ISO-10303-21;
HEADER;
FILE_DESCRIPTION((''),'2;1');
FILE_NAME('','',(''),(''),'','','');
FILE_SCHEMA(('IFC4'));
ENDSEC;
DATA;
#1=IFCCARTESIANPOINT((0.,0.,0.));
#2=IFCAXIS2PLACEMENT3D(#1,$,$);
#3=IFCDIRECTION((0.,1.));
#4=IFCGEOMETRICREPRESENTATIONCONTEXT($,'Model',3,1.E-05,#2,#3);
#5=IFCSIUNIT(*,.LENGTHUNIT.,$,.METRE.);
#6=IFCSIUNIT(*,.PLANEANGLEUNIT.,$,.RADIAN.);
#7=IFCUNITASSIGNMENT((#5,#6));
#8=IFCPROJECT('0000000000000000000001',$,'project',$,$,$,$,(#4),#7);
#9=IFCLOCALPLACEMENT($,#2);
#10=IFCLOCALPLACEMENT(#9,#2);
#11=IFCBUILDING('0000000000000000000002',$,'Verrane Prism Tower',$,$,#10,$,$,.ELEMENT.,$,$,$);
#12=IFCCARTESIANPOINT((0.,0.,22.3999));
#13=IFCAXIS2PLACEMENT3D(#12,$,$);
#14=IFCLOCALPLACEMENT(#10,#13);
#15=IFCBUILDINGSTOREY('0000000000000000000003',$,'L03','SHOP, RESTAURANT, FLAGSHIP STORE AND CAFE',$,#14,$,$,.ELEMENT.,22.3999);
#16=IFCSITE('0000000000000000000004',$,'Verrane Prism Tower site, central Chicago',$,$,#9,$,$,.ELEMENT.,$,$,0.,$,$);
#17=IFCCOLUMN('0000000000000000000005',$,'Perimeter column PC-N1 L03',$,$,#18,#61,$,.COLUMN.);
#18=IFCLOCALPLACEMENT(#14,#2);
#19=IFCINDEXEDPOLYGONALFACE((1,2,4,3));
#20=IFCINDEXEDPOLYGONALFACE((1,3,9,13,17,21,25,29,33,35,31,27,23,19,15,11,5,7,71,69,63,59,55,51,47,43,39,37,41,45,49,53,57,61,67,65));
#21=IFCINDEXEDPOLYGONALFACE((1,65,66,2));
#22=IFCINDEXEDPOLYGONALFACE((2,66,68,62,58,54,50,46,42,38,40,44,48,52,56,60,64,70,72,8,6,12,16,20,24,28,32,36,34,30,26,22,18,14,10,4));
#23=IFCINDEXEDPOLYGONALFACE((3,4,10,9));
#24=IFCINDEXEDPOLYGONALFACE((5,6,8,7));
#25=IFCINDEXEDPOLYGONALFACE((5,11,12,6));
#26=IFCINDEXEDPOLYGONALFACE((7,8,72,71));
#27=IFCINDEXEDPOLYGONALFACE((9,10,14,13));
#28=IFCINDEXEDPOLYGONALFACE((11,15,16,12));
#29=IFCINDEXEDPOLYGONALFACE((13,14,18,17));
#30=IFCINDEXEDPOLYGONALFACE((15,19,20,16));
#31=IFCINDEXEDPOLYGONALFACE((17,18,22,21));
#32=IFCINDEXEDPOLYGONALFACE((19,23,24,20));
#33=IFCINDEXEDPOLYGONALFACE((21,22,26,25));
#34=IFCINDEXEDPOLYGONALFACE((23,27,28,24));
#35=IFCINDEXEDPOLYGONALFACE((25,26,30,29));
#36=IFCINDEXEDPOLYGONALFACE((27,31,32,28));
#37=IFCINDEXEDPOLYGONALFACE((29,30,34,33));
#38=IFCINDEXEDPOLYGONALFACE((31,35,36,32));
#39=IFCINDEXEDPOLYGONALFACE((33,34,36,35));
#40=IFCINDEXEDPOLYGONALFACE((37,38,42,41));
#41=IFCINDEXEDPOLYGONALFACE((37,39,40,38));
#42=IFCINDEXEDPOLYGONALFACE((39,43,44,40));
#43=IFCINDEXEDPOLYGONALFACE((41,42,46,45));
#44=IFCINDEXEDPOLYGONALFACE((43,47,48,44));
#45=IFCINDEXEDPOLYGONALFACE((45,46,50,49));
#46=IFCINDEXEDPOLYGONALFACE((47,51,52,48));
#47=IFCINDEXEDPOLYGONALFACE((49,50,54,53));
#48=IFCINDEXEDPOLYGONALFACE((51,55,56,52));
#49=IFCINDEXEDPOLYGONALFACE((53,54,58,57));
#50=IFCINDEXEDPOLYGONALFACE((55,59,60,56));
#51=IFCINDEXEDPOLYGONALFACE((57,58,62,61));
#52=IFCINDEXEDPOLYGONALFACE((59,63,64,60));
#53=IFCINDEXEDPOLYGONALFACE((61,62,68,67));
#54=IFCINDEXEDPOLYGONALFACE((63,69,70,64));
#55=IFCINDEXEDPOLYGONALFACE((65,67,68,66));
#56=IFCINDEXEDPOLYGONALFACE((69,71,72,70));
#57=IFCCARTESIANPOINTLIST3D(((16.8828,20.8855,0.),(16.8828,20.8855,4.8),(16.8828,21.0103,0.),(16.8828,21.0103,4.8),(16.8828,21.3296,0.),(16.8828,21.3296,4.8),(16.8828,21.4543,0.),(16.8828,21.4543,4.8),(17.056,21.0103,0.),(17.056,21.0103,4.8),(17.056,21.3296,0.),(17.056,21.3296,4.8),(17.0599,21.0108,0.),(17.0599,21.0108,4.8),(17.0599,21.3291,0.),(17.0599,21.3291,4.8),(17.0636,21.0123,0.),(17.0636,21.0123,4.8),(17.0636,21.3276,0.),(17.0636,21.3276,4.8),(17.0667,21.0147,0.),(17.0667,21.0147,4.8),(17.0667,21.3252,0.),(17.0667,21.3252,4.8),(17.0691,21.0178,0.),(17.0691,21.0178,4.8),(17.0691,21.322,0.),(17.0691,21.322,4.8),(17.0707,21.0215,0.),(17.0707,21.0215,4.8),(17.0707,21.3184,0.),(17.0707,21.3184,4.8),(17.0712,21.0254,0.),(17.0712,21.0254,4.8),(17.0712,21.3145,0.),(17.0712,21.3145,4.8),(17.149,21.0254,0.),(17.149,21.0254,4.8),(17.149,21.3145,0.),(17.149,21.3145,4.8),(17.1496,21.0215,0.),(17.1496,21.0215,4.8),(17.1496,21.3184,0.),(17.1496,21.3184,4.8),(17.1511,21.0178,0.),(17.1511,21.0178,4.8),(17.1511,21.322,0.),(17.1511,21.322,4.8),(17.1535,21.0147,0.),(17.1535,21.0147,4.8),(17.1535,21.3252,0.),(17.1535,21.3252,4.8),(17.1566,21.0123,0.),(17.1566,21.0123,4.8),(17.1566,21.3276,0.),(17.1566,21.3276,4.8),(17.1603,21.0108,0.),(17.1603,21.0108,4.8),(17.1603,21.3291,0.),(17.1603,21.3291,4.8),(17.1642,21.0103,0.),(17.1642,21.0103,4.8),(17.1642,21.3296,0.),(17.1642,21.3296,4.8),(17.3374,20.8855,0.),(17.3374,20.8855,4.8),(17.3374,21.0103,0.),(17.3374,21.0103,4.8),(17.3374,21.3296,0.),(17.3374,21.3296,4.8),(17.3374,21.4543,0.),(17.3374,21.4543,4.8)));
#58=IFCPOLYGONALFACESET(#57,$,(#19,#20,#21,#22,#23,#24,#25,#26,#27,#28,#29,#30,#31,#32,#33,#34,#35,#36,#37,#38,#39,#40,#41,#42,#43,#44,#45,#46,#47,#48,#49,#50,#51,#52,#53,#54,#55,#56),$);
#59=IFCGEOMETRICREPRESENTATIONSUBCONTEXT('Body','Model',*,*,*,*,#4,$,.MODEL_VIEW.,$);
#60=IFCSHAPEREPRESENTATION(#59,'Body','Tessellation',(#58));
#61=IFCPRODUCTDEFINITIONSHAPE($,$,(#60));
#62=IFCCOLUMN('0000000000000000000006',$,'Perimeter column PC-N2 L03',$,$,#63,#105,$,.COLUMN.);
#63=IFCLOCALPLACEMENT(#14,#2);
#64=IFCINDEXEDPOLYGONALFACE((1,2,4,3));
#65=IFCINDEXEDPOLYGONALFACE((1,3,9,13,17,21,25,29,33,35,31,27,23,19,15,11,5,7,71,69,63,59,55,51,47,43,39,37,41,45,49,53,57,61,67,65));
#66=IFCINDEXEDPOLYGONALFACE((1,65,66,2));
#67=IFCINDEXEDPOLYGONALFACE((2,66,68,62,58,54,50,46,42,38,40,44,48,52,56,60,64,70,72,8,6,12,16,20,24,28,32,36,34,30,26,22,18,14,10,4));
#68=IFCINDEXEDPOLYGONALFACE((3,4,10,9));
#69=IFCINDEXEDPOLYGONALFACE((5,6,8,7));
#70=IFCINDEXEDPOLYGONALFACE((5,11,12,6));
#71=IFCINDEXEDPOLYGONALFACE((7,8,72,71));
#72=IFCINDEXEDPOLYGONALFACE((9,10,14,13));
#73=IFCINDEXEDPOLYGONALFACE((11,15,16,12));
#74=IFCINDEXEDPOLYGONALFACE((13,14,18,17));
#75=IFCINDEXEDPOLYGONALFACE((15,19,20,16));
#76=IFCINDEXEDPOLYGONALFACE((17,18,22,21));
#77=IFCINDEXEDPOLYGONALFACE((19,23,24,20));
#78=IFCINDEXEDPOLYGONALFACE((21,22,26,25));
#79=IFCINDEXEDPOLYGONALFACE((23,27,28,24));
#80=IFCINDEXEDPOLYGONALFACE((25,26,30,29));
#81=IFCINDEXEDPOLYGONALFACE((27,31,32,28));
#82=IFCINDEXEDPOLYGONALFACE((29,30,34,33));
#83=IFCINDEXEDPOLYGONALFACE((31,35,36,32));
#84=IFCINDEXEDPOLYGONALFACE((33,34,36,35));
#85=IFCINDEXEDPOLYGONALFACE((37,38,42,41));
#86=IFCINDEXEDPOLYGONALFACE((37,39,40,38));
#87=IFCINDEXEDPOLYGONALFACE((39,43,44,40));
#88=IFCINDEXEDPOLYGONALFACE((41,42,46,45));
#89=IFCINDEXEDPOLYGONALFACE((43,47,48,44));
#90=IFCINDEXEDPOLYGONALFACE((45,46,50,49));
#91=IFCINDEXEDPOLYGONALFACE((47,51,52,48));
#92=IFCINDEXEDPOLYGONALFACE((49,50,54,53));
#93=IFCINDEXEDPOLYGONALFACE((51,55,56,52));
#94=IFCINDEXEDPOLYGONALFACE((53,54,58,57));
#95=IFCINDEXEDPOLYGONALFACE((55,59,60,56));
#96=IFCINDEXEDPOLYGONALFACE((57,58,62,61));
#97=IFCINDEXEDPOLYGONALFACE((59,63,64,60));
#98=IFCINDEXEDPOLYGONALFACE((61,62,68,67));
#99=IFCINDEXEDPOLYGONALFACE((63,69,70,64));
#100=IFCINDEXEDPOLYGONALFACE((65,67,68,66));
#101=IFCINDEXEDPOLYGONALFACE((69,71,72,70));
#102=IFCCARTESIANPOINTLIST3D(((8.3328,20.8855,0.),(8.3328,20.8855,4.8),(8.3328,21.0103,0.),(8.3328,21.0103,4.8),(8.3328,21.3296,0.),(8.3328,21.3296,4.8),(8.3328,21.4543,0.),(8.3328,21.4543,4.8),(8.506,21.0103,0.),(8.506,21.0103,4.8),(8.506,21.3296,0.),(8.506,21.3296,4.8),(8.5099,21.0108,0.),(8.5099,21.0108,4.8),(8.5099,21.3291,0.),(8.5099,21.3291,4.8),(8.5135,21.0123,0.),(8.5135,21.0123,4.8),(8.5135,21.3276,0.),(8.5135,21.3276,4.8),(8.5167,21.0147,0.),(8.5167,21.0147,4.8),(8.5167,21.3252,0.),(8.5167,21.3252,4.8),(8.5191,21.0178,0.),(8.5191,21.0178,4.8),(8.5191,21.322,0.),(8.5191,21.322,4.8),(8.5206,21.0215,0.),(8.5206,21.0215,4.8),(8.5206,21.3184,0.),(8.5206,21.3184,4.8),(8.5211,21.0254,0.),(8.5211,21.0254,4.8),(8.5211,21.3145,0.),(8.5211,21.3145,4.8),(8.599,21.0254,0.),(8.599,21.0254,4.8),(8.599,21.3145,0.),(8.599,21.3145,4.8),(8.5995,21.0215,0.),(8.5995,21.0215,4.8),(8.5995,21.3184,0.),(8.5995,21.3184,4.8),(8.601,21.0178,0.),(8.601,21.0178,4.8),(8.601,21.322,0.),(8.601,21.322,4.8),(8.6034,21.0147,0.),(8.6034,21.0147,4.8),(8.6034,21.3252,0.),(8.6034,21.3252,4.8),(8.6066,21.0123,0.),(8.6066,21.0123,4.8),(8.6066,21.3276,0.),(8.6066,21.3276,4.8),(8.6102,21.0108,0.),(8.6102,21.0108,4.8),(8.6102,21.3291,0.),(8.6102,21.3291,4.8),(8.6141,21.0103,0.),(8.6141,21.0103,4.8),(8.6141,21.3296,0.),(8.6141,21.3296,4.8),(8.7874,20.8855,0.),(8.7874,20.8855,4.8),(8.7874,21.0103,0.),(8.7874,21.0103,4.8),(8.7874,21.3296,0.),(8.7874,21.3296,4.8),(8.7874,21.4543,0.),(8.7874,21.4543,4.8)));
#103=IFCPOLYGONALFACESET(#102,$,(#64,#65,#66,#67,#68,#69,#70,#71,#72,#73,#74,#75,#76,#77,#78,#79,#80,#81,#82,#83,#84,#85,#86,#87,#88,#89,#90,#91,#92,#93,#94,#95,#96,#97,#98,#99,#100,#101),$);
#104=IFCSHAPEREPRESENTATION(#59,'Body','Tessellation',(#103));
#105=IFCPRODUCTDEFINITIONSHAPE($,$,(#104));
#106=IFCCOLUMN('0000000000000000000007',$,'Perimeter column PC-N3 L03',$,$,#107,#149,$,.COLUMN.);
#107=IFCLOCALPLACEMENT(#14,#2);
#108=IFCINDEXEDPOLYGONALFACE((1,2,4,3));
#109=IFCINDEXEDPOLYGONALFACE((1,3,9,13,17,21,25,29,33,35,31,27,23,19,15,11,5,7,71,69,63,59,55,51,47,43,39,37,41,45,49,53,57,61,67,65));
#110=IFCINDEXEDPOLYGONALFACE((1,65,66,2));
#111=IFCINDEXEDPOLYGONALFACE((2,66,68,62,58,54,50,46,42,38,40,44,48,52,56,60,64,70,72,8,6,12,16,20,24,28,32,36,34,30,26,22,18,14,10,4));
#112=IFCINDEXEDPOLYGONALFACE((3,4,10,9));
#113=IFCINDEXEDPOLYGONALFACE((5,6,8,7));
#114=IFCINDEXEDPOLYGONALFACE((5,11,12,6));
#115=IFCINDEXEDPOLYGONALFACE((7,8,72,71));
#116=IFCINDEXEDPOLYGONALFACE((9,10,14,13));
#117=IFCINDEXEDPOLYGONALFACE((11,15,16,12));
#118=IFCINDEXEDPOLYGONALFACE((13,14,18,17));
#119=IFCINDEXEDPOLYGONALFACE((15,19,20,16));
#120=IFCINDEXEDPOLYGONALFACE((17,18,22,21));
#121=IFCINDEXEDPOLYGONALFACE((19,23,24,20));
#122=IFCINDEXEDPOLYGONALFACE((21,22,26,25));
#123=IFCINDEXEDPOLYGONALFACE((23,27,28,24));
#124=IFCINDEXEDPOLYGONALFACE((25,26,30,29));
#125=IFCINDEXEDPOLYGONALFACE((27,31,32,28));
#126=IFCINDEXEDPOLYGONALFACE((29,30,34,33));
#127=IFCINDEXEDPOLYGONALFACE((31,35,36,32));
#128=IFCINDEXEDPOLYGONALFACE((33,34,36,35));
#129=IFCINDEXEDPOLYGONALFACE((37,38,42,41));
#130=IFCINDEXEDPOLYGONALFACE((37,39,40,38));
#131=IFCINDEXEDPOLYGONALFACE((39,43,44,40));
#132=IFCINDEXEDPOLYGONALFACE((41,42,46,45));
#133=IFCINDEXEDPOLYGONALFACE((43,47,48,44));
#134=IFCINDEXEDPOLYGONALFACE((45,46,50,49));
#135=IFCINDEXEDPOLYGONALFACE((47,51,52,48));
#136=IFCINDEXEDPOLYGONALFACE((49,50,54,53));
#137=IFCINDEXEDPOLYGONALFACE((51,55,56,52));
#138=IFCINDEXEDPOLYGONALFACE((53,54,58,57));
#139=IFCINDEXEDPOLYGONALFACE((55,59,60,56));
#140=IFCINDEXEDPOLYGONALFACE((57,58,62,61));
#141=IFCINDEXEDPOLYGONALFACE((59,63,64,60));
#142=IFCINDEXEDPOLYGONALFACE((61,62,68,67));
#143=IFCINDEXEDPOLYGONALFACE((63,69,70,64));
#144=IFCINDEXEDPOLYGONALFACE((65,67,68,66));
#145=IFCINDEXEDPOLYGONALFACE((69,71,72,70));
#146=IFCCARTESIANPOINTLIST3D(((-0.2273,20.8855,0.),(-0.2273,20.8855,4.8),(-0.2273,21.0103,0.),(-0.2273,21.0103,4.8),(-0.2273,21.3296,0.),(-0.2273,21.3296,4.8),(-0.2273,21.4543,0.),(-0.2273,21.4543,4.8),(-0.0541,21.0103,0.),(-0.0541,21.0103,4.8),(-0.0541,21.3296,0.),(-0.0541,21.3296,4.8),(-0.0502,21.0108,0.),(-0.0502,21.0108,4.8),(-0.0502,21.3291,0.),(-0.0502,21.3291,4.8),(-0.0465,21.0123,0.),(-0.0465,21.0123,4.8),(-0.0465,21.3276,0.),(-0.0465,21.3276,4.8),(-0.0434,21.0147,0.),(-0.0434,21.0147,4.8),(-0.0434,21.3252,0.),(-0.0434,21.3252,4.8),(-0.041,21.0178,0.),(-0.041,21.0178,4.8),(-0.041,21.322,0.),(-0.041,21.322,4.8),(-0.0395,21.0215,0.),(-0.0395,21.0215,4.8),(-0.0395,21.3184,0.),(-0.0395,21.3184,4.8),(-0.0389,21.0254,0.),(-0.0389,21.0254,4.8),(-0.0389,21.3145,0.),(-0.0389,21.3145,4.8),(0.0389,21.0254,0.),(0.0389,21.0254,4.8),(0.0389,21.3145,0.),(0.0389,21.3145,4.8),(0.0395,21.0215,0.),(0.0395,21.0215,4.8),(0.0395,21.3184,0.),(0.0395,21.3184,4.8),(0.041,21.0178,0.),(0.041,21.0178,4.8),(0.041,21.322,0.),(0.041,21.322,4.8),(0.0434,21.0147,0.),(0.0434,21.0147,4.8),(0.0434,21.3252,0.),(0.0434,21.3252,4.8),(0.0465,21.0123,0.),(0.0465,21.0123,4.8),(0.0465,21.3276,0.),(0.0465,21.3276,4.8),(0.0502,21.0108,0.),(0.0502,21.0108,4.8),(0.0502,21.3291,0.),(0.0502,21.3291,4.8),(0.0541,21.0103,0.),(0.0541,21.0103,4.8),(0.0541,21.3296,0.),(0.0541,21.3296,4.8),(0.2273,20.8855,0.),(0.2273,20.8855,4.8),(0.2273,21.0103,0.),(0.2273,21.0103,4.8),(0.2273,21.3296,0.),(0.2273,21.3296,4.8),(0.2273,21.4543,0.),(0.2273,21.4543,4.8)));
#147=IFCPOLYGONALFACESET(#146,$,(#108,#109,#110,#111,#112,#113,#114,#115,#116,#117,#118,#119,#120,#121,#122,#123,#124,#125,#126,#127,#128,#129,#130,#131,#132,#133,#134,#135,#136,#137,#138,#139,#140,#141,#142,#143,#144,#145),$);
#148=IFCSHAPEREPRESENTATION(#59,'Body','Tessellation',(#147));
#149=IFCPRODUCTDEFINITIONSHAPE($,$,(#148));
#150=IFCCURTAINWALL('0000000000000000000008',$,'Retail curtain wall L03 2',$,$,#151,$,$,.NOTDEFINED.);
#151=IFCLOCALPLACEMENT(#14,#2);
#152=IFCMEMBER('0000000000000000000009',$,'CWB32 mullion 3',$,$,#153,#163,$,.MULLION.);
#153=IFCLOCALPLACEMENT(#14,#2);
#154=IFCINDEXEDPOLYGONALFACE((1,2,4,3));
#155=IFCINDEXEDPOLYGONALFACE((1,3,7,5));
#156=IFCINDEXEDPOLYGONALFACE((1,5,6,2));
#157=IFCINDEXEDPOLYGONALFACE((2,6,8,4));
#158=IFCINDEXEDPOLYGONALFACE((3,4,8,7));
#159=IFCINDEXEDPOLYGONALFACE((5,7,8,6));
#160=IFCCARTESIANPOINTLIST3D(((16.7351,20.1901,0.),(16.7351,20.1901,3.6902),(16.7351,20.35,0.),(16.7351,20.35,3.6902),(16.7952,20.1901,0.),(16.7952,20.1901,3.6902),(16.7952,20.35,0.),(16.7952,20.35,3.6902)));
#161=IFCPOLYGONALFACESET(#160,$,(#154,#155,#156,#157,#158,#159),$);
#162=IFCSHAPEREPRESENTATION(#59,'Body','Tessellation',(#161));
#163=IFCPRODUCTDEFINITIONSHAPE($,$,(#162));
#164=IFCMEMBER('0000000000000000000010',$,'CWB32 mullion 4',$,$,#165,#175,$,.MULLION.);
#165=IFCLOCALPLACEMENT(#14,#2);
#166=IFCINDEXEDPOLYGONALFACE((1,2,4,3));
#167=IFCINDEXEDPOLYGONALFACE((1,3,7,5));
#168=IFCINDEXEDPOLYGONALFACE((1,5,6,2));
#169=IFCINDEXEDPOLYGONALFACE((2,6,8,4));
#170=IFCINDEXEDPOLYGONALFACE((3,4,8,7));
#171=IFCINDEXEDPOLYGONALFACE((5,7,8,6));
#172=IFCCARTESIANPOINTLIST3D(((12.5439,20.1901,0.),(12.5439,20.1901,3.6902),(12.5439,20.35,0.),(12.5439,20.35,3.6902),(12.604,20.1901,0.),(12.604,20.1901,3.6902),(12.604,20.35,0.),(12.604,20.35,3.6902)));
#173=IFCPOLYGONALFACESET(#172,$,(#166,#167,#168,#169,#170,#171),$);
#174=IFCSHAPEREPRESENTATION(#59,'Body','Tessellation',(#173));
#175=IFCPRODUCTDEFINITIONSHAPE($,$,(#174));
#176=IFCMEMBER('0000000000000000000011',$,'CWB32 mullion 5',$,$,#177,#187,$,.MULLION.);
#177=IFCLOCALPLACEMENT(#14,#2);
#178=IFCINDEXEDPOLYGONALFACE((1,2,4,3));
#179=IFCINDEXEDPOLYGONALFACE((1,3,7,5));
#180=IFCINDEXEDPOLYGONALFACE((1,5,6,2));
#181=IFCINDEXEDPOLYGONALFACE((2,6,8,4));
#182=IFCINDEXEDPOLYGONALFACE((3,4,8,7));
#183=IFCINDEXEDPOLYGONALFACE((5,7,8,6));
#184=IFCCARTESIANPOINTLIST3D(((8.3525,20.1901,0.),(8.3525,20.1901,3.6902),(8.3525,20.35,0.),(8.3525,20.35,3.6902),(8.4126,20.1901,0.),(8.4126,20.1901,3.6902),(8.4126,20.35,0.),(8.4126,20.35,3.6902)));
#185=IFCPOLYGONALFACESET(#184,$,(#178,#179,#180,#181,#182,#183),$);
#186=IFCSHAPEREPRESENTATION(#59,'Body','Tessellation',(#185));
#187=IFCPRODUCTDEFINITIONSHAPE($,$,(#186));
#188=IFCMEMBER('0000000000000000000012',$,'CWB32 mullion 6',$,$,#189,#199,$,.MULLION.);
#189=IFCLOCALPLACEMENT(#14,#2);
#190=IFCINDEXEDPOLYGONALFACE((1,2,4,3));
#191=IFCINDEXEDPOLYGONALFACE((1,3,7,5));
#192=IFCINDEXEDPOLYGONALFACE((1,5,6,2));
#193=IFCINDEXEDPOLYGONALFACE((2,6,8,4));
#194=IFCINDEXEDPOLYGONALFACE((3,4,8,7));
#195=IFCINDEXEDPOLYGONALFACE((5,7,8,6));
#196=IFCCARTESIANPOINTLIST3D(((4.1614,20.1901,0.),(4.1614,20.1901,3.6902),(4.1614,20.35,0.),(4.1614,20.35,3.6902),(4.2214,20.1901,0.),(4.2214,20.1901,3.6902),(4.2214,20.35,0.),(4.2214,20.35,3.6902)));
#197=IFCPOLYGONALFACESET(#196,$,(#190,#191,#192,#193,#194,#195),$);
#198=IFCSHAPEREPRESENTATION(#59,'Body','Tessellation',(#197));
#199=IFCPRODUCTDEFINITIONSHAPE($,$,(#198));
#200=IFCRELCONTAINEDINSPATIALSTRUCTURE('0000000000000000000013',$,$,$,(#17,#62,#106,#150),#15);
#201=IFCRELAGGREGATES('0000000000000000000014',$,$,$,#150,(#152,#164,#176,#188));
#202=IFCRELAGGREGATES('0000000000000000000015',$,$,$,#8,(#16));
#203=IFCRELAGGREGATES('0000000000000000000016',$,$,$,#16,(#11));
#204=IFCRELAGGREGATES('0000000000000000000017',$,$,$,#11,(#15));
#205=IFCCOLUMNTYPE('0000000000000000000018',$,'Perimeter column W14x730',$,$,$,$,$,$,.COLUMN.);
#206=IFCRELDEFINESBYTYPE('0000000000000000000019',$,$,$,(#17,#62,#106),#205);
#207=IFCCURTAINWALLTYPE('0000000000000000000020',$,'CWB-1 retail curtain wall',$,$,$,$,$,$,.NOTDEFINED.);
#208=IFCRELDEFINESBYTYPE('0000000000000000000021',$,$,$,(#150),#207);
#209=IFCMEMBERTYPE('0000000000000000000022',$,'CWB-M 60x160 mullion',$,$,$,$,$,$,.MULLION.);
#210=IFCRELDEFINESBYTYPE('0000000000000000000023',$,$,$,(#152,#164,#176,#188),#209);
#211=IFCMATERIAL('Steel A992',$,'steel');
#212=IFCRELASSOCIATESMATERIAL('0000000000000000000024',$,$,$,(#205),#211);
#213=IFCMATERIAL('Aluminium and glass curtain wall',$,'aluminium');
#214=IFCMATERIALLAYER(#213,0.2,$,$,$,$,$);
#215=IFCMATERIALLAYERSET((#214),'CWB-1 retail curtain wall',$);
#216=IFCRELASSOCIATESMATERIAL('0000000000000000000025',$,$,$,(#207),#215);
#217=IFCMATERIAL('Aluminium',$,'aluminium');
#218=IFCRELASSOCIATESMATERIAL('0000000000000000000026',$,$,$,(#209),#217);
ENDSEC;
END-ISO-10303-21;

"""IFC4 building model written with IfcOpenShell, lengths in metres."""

from ifc_helpers import new_model, si_unit, direction, frame, origin, origin_2d, place, context, subcontext, project, spatial, rectangle, i_section, extrude, material, layer, layer_set, material_profile, profile_set, type_object, element, aggregate, save


model = new_model("IFC4")

# Units and contexts
model_context = context("Model", 3, precision=1e-05, world=origin(), true_north=direction((0.0, 1.0)))
body_context = subcontext(model_context, "Body", "Model", "MODEL_VIEW")
ifc_project = project(units=[si_unit("LENGTHUNIT", "METRE"), si_unit("PLANEANGLEUNIT", "RADIAN")], contexts=[model_context])

# Site, building, storey
site_placement = place(None, origin())
site = spatial("IfcSite", under=ifc_project, at=site_placement, Name="Verrane Prism Tower site, central Chicago", CompositionType="ELEMENT", RefElevation=0.0)
building_placement = place(site_placement, origin())
building = spatial("IfcBuilding", under=site, at=building_placement, Name="Verrane Prism Tower", CompositionType="ELEMENT")
storey_placement = place(building_placement, frame((0.0, 0.0, 22.3999)))
storey = spatial("IfcBuildingStorey", under=building, at=storey_placement, Name="L03", Description="SHOP, RESTAURANT, FLAGSHIP STORE AND CAFE", CompositionType="ELEMENT", Elevation=22.3999)

# Columns
ifc_material_1 = material(Name="Steel A992", Category="steel")
ifc_material_profile_1 = material_profile(ifc_material_1, i_section(OverallWidth=0.4546, OverallDepth=0.5688, WebThickness=0.0779, FlangeThickness=0.1248, FilletRadius=0.0151, at=origin_2d()), Name="W14x730")
ifc_profile_set_1 = profile_set([ifc_material_profile_1], Name="Steel A992")
column_type = type_object("IfcColumnType", Name="Perimeter column W14x730", PredefinedType="COLUMN", material=ifc_profile_set_1)
for number, where, z_axis, x_axis, name in (
    (1, (17.1101, 21.1699, 0.0), (0.0, 0.0, 1.0), (1.0, 0.0, 0.0), "Perimeter column PC-N1 L03"),
    (2, (8.5601, 21.1699, 0.0), (0.0, 0.0, 1.0), (1.0, 0.0, 0.0), "Perimeter column PC-N2 L03"),
    (3, (0.0, 21.1699, 0.0), (0.0, 0.0, 1.0), (1.0, 0.0, 0.0), "Perimeter column PC-N3 L03"),
):
    element("IfcColumn", number, at=place(storey_placement, frame(where, z_axis=z_axis, x_axis=x_axis)), inside=storey, type_object=column_type, Name=name, PredefinedType="COLUMN", context=body_context, shape_type="SweptSolid", body=[
        extrude(i_section(OverallWidth=0.4546, OverallDepth=0.5688, WebThickness=0.0779, FlangeThickness=0.1248, FilletRadius=0.0151, at=origin_2d()), origin(), (0.0, 0.0, 1.0), 4.8),
    ])

# Curtain wall, members
ifc_material_2 = material(Name="Aluminium and glass curtain wall", Category="aluminium")
ifc_layer_1 = layer(ifc_material_2, 0.2)
ifc_layer_set_1 = layer_set([ifc_layer_1], Name="CWB-1 retail curtain wall")
curtain_wall_type = type_object("IfcCurtainWallType", Name="CWB-1 retail curtain wall", PredefinedType="NOTDEFINED", material=ifc_layer_set_1)
curtain_wall_placement = place(storey_placement, origin())
curtain_wall = element("IfcCurtainWall", 4, at=curtain_wall_placement, inside=storey, type_object=curtain_wall_type, Name="Retail curtain wall L03 2", PredefinedType="NOTDEFINED")
ifc_material_3 = material(Name="Aluminium", Category="aluminium")
ifc_material_profile_2 = material_profile(ifc_material_3, rectangle(XDim=0.1599, YDim=0.0601, at=origin_2d()), Name="CWB-M 60x160 mullion")
ifc_profile_set_2 = profile_set([ifc_material_profile_2], Name="Aluminium")
member_type_1 = type_object("IfcMemberType", Name="CWB-M 60x160 mullion", PredefinedType="MULLION", material=ifc_profile_set_2)
member_1_placement = place(storey_placement, frame((16.7651, 20.27, 0.0), z_axis=(0.0, 0.0, 1.0), x_axis=(0.0, -1.0, 0.0)))
member_1 = element("IfcMember", 5, at=member_1_placement, type_object=member_type_1, Name="CWB32 mullion 3", PredefinedType="MULLION", context=body_context, shape_type="SweptSolid", body=[
    extrude(rectangle(XDim=0.1599, YDim=0.0601, at=origin_2d()), origin(), (0.0, 0.0, 1.0), 3.6902),
])
member_2_placement = place(storey_placement, frame((12.574, 20.27, 0.0), z_axis=(0.0, 0.0, 1.0), x_axis=(0.0, -1.0, 0.0)))
member_2 = element("IfcMember", 6, at=member_2_placement, type_object=member_type_1, Name="CWB32 mullion 4", PredefinedType="MULLION", context=body_context, shape_type="SweptSolid", body=[
    extrude(rectangle(XDim=0.1599, YDim=0.0601, at=origin_2d()), origin(), (0.0, 0.0, 1.0), 3.6902),
])
member_3_placement = place(storey_placement, frame((8.3826, 20.27, 0.0), z_axis=(0.0, 0.0, 1.0), x_axis=(0.0, -1.0, 0.0)))
member_3 = element("IfcMember", 7, at=member_3_placement, type_object=member_type_1, Name="CWB32 mullion 5", PredefinedType="MULLION", context=body_context, shape_type="SweptSolid", body=[
    extrude(rectangle(XDim=0.1599, YDim=0.0601, at=origin_2d()), origin(), (0.0, 0.0, 1.0), 3.6902),
])
member_4_placement = place(storey_placement, frame((4.1914, 20.27, 0.0), z_axis=(0.0, 0.0, 1.0), x_axis=(0.0, -1.0, 0.0)))
member_4 = element("IfcMember", 8, at=member_4_placement, type_object=member_type_1, Name="CWB32 mullion 6", PredefinedType="MULLION", context=body_context, shape_type="SweptSolid", body=[
    extrude(rectangle(XDim=0.1599, YDim=0.0601, at=origin_2d()), origin(), (0.0, 0.0, 1.0), 3.6902),
])

aggregate(curtain_wall, [member_1, member_2, member_3, member_4])

save(model, "model.ifc")
